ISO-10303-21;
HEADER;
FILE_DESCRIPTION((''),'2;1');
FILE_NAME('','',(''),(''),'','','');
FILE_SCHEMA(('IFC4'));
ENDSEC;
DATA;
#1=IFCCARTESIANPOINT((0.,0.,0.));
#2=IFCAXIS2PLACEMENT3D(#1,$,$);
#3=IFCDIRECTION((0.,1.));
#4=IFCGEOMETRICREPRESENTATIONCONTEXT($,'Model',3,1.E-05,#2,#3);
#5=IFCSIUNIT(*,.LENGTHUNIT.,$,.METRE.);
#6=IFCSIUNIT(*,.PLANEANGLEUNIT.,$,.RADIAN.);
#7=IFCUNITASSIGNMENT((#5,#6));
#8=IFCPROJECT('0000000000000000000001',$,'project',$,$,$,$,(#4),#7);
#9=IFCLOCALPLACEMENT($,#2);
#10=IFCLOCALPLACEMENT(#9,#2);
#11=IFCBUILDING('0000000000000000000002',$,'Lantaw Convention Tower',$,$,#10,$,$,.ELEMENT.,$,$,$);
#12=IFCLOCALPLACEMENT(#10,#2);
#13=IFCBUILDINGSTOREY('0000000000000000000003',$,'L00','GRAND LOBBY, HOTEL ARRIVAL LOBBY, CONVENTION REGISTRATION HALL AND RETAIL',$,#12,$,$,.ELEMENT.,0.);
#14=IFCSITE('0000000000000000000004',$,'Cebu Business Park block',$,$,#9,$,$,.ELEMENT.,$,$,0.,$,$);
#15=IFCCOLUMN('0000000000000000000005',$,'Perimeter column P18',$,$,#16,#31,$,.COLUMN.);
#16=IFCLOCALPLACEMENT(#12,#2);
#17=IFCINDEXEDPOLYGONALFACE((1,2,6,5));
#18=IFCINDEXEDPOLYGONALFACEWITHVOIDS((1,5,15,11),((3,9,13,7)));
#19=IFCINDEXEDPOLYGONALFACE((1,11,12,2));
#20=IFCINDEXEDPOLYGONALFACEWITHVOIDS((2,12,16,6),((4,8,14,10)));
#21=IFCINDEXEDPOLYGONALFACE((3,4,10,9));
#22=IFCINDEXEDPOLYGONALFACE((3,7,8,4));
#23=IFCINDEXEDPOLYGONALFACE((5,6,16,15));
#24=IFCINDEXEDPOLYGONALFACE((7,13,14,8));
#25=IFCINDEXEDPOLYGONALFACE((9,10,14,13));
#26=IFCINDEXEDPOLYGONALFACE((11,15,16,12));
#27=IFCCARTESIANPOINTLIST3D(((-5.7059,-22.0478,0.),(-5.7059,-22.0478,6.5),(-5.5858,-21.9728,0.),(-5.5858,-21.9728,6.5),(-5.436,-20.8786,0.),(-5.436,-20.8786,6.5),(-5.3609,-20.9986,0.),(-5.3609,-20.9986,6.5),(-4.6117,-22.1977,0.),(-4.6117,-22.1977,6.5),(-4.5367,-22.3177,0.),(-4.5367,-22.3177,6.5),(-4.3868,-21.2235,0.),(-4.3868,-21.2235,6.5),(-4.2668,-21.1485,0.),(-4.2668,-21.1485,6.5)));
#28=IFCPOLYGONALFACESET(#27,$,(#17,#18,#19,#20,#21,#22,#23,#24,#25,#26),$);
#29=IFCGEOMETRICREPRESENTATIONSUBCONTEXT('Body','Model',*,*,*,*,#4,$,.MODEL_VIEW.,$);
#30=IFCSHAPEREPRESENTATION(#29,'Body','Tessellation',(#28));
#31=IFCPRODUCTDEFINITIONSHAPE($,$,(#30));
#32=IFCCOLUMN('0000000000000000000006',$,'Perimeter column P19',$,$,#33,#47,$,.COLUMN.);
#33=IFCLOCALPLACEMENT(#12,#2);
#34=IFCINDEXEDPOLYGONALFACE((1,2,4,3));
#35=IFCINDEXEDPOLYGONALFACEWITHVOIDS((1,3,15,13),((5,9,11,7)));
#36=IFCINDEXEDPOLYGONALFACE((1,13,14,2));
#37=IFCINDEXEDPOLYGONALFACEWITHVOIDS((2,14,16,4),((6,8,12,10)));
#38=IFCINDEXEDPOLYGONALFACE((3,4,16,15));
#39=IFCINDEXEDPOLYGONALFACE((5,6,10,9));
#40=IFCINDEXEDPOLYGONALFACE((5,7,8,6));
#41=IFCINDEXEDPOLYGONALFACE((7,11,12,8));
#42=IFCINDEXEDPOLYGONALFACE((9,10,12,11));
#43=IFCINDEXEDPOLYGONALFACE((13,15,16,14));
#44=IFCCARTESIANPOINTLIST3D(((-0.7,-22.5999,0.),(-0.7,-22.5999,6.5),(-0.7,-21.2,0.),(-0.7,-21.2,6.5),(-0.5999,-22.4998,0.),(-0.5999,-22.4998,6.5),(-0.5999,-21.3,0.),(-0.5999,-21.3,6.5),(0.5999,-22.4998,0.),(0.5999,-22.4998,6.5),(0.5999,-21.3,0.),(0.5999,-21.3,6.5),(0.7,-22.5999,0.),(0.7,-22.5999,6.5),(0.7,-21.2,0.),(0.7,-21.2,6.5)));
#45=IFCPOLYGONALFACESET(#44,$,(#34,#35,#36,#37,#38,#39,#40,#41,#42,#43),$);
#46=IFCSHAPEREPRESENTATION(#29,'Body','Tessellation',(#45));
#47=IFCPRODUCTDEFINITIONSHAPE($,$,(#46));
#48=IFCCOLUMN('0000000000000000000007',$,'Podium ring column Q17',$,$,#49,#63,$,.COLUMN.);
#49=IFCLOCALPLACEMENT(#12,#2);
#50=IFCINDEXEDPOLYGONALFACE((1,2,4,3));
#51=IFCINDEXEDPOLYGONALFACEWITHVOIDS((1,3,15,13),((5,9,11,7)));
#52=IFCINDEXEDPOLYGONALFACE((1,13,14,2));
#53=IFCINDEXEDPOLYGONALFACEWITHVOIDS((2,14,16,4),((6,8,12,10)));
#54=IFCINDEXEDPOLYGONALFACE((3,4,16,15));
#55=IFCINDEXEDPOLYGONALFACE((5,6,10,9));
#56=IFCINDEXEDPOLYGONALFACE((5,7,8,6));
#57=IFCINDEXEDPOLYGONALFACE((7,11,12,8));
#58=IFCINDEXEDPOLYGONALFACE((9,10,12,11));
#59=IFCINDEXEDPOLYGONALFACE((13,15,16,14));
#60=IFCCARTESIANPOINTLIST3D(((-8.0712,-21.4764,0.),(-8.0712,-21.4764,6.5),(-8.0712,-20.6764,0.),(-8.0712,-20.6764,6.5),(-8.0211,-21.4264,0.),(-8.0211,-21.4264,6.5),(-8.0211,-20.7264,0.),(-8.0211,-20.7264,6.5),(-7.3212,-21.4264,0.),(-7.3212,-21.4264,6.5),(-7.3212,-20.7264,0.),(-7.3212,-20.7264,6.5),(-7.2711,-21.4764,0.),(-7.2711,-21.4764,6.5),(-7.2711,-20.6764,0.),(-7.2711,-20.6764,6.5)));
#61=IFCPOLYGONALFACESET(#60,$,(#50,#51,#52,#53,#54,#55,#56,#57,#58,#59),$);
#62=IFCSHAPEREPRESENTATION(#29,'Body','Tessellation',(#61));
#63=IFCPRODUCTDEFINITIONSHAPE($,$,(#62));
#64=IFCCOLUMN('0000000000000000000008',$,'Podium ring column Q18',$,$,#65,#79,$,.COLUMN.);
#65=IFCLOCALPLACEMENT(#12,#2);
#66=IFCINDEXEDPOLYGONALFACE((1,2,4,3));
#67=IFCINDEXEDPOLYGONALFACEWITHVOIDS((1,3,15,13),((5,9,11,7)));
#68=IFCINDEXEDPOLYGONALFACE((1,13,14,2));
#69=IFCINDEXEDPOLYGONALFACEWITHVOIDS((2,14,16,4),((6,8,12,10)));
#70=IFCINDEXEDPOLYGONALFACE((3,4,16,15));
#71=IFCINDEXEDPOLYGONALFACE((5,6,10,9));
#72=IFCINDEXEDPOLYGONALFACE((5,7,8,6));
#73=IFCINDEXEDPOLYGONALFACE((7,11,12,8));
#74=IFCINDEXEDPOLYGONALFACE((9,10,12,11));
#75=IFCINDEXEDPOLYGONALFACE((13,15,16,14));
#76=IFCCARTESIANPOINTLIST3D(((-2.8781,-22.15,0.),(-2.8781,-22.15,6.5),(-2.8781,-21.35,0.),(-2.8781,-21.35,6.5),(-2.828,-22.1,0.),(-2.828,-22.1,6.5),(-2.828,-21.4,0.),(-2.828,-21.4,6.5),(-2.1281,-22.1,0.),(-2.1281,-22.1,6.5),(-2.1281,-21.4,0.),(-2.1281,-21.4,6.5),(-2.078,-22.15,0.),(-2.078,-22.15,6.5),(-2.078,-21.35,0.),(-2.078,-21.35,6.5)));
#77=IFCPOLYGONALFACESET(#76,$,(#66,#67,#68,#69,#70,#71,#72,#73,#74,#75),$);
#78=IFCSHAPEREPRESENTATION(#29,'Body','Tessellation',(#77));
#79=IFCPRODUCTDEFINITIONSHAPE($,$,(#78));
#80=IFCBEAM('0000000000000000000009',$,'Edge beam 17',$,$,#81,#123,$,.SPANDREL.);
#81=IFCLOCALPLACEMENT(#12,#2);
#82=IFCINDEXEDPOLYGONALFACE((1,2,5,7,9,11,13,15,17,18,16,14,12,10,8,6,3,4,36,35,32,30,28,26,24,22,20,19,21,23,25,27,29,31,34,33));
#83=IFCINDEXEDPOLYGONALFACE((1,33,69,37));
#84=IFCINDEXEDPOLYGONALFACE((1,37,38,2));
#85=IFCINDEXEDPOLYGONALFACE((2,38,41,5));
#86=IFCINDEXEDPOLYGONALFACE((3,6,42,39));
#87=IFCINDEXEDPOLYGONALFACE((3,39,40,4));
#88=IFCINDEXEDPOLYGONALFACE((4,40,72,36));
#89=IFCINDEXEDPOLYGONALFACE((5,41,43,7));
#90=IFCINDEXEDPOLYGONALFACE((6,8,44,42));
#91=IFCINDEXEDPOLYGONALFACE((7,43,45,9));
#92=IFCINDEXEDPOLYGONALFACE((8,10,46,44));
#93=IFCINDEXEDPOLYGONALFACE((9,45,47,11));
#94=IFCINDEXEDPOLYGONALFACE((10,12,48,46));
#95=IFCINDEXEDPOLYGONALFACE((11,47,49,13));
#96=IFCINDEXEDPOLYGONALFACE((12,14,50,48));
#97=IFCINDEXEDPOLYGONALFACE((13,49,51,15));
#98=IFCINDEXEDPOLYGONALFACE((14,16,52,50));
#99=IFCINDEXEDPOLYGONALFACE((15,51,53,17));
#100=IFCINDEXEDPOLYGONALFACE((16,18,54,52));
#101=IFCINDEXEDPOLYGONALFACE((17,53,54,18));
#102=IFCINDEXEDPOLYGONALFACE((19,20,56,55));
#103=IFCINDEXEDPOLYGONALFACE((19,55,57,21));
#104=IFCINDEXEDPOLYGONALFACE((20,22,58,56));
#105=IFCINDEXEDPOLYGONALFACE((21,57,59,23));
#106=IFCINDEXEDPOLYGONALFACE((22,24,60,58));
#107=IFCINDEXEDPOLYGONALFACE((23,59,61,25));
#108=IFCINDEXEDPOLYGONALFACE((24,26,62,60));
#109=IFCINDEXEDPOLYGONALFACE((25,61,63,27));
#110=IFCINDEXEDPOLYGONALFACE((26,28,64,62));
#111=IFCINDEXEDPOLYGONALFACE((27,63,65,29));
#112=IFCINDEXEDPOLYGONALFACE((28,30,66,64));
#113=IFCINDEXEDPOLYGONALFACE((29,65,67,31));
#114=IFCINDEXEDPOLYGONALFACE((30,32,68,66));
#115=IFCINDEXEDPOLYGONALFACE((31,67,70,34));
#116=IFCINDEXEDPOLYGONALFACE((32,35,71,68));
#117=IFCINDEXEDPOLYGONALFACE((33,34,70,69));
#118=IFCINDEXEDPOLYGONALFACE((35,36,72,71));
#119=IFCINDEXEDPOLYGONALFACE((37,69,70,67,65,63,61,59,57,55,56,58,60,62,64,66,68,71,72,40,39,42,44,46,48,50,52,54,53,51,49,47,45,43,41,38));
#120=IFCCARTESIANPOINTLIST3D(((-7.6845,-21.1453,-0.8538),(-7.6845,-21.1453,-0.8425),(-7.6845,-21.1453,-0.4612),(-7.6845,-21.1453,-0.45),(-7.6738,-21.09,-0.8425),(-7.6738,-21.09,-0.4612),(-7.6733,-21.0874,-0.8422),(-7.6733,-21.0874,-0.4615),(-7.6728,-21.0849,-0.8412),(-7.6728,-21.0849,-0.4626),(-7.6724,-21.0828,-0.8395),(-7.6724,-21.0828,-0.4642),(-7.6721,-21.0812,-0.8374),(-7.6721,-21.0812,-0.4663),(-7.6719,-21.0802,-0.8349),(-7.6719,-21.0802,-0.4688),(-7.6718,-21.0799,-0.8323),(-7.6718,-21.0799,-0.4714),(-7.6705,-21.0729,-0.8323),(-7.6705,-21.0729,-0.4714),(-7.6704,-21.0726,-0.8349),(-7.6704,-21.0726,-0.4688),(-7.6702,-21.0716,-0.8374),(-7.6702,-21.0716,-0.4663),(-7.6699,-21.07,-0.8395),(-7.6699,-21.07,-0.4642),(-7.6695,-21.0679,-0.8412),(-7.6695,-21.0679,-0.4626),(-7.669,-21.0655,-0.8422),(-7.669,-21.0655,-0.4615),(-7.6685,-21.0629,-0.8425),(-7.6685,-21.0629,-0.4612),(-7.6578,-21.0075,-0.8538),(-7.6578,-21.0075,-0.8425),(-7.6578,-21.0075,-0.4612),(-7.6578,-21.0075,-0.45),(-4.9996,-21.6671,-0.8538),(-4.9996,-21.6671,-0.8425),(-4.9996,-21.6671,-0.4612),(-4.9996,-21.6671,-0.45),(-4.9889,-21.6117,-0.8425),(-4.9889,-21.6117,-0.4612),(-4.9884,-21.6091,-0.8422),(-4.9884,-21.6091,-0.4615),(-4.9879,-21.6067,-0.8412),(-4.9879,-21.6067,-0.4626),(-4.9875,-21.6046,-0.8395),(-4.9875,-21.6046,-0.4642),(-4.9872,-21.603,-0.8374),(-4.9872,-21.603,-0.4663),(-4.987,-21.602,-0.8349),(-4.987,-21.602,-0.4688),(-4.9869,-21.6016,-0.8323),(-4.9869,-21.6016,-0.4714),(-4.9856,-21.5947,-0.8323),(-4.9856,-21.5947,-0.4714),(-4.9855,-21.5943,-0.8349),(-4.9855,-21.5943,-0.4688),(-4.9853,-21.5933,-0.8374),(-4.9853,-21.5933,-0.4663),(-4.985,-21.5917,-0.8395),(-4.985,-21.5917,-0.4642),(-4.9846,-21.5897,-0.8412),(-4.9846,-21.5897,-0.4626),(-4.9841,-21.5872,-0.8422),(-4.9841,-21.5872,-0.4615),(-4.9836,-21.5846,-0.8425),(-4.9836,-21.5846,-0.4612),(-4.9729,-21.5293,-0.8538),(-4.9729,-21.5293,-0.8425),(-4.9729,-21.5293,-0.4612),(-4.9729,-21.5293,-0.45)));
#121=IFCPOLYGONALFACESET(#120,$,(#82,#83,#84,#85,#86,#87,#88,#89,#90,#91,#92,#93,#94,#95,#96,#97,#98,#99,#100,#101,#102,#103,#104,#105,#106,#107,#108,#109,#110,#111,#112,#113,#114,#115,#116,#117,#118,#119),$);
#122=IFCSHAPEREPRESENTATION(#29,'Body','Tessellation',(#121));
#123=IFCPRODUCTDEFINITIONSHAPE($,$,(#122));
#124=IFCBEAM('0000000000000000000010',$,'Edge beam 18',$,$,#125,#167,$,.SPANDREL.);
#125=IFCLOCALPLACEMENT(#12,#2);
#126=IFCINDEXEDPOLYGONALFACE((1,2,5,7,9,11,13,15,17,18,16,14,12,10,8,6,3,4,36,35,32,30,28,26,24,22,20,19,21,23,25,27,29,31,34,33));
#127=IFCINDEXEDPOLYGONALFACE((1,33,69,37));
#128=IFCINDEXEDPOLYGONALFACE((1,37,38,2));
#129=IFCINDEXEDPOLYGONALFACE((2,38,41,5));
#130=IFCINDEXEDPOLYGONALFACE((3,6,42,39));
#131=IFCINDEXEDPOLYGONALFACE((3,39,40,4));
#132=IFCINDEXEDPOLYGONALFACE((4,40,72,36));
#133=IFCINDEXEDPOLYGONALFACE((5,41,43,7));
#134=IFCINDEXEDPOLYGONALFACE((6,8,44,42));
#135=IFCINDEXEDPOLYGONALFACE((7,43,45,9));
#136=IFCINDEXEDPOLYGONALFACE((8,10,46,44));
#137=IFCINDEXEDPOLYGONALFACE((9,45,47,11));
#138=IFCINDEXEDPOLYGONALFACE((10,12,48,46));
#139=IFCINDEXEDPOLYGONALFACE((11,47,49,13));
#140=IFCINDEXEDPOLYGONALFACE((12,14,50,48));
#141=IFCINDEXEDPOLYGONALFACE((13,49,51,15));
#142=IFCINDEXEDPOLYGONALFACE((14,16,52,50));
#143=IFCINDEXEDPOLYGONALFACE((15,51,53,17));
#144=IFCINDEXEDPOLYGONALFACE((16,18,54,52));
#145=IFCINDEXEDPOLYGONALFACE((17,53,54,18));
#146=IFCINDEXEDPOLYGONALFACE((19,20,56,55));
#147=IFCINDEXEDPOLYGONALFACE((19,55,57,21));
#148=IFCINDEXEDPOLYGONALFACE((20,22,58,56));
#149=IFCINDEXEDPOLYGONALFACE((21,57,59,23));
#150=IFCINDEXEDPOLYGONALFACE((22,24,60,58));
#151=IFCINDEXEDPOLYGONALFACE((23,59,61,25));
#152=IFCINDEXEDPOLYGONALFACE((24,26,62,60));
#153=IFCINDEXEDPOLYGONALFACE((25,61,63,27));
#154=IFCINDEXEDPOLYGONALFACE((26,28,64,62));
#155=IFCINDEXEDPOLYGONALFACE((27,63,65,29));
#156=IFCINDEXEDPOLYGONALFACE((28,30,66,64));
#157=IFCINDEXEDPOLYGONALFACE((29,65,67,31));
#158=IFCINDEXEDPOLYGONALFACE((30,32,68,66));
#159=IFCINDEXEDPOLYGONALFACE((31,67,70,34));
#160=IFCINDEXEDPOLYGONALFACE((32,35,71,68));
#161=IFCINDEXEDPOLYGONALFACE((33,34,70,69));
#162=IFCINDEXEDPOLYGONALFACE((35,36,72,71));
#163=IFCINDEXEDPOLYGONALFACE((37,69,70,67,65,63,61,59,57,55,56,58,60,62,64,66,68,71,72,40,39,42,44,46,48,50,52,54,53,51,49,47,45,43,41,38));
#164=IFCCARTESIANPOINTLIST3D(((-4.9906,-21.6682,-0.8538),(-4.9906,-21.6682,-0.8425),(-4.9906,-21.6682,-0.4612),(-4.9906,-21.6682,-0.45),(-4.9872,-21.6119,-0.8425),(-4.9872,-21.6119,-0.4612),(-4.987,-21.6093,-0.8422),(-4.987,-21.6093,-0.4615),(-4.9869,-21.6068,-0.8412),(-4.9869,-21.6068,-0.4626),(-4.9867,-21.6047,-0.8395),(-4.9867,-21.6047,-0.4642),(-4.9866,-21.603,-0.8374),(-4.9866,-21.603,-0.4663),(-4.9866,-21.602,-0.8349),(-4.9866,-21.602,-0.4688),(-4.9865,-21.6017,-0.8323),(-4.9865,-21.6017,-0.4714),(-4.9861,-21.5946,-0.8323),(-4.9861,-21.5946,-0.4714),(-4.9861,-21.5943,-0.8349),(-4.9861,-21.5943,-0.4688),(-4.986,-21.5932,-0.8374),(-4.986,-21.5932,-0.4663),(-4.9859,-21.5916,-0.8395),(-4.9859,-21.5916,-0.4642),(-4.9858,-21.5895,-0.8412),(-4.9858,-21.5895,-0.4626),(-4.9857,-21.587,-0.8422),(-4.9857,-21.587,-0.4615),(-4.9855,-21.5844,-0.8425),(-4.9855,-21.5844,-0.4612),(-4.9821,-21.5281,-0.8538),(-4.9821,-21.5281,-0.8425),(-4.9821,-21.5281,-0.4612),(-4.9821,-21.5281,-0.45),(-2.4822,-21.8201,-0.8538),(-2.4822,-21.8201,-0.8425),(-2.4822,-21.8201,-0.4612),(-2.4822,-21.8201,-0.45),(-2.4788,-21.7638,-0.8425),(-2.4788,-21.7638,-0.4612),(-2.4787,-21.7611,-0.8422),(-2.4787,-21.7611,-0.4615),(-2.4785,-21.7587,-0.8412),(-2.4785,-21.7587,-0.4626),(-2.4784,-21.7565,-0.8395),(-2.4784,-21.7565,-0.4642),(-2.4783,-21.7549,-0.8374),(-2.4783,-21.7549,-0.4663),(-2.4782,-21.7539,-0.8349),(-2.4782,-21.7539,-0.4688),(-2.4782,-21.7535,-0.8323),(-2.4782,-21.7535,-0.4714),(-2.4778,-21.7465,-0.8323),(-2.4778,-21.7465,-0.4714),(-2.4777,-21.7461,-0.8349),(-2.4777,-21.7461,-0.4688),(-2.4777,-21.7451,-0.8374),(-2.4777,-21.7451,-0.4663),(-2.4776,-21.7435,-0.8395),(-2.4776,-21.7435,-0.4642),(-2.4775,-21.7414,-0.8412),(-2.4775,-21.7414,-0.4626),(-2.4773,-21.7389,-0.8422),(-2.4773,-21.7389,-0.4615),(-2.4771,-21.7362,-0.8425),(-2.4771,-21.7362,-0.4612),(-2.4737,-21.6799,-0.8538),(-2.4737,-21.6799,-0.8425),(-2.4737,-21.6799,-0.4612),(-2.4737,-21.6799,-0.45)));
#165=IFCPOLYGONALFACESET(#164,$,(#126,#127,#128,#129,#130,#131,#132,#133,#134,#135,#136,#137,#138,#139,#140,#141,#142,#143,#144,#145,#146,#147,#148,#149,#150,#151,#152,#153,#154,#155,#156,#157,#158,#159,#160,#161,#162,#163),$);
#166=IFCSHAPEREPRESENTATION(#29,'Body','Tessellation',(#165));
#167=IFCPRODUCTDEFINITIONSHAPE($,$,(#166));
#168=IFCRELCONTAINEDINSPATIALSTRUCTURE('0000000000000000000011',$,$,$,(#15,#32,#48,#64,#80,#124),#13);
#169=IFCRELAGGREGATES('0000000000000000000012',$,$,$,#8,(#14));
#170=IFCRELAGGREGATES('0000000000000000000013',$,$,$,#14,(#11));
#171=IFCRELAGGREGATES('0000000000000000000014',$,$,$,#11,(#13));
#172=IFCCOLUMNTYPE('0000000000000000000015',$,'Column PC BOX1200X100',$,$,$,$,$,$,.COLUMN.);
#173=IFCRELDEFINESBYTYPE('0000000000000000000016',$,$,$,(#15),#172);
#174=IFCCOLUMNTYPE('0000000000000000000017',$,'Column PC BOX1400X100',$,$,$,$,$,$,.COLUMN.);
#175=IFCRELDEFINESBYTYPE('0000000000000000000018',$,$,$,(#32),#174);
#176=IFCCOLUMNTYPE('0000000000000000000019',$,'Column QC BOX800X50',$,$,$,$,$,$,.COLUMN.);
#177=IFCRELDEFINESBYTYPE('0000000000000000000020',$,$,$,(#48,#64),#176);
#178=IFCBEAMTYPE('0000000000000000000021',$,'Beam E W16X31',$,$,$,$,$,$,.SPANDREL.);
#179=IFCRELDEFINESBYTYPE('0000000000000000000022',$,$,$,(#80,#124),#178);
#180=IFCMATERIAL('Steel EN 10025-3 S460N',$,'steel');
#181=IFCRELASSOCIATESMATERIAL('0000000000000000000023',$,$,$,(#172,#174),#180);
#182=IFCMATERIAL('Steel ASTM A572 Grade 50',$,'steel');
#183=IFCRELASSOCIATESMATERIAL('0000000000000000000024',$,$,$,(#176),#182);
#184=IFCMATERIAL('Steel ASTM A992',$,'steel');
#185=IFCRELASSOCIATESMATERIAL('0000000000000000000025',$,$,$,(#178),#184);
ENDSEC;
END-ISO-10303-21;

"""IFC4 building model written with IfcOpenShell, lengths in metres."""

from ifc_helpers import new_model, si_unit, direction, frame, origin, origin_2d, place, context, subcontext, project, spatial, rectangle, hollow_rectangle, i_section, extrude, material, material_profile, profile_set, type_object, element, save


model = new_model("IFC4")

# Units and contexts
model_context = context("Model", 3, precision=1e-05, world=origin(), true_north=direction((0.0, 1.0)))
body_context = subcontext(model_context, "Body", "Model", "MODEL_VIEW")
ifc_project = project(units=[si_unit("LENGTHUNIT", "METRE"), si_unit("PLANEANGLEUNIT", "RADIAN")], contexts=[model_context])

# Site, building, storey
site_placement = place(None, origin())
site = spatial("IfcSite", under=ifc_project, at=site_placement, Name="Cebu Business Park block", CompositionType="ELEMENT", RefElevation=0.0)
building_placement = place(site_placement, origin())
building = spatial("IfcBuilding", under=site, at=building_placement, Name="Lantaw Convention Tower", CompositionType="ELEMENT")
storey_placement = place(building_placement, origin())
storey = spatial("IfcBuildingStorey", under=building, at=storey_placement, Name="L00", Description="GRAND LOBBY, HOTEL ARRIVAL LOBBY, CONVENTION REGISTRATION HALL AND RETAIL", CompositionType="ELEMENT", Elevation=0.0)

# Columns
ifc_material_1 = material(Name="Steel EN 10025-3 S460N", Category="steel")
ifc_material_profile_1 = material_profile(ifc_material_1, hollow_rectangle(XDim=1.2, YDim=1.2, WallThickness=0.1001, at=origin_2d()), Name="BOX1200X100")
ifc_material_2 = material(Name="Concrete C60/75", Category="concrete")
ifc_material_profile_2 = material_profile(ifc_material_2, rectangle(XDim=1.0, YDim=1.0, at=origin_2d()), Name="Concrete fill of BOX1200X100")
ifc_profile_set_1 = profile_set([ifc_material_profile_1, ifc_material_profile_2], Name="Steel EN 10025-3 S460N")
column_type_1 = type_object("IfcColumnType", Name="Column PC BOX1200X100", PredefinedType="COLUMN", material=ifc_profile_set_1)
column_1_placement = place(storey_placement, frame((-4.9863, -21.5981, 0.0), z_axis=(0.0, 0.0, 1.0), x_axis=(0.224951, 0.97437, 0.0)))
element("IfcColumn", 1, at=column_1_placement, inside=storey, type_object=column_type_1, Name="Perimeter column P18", PredefinedType="COLUMN", context=body_context, shape_type="SweptSolid", body=[
    extrude(hollow_rectangle(XDim=1.2, YDim=1.2, WallThickness=0.1001, at=origin_2d()), origin(), (0.0, 0.0, 1.0), 6.5),
])
ifc_material_profile_3 = material_profile(ifc_material_1, hollow_rectangle(XDim=1.3999, YDim=1.3999, WallThickness=0.1001, at=origin_2d()), Name="BOX1400X100")
ifc_material_profile_4 = material_profile(ifc_material_2, rectangle(XDim=1.2, YDim=1.2, at=origin_2d()), Name="Concrete fill of BOX1400X100")
ifc_profile_set_2 = profile_set([ifc_material_profile_3, ifc_material_profile_4], Name="Steel EN 10025-3 S460N")
column_type_2 = type_object("IfcColumnType", Name="Column PC BOX1400X100", PredefinedType="COLUMN", material=ifc_profile_set_2)
column_2_placement = place(storey_placement, frame((0.0, -21.8999, 0.0), z_axis=(0.0, 0.0, 1.0), x_axis=(1.0, 0.0, 0.0)))
element("IfcColumn", 2, at=column_2_placement, inside=storey, type_object=column_type_2, Name="Perimeter column P19", PredefinedType="COLUMN", context=body_context, shape_type="SweptSolid", body=[
    extrude(hollow_rectangle(XDim=1.3999, YDim=1.3999, WallThickness=0.1001, at=origin_2d()), origin(), (0.0, 0.0, 1.0), 6.5),
])
ifc_material_3 = material(Name="Steel ASTM A572 Grade 50", Category="steel")
ifc_material_profile_5 = material_profile(ifc_material_3, hollow_rectangle(XDim=0.8, YDim=0.8, WallThickness=0.05, at=origin_2d()), Name="BOX800X50")
ifc_profile_set_3 = profile_set([ifc_material_profile_5], Name="Steel ASTM A572 Grade 50")
column_type_3 = type_object("IfcColumnType", Name="Column QC BOX800X50", PredefinedType="COLUMN", material=ifc_profile_set_3)
for number, where, z_axis, x_axis, name in (
    (3, (-7.6711, -21.0764, 0.0), (0.0, 0.0, 1.0), (1.0, 0.0, 0.0), "Podium ring column Q17"),
    (4, (-2.478, -21.75, 0.0), (0.0, 0.0, 1.0), (1.0, 0.0, 0.0), "Podium ring column Q18"),
):
    element("IfcColumn", number, at=place(storey_placement, frame(where, z_axis=z_axis, x_axis=x_axis)), inside=storey, type_object=column_type_3, Name=name, PredefinedType="COLUMN", context=body_context, shape_type="SweptSolid", body=[
        extrude(hollow_rectangle(XDim=0.8, YDim=0.8, WallThickness=0.05, at=origin_2d()), origin(), (0.0, 0.0, 1.0), 6.5),
    ])

# Beams
ifc_material_4 = material(Name="Steel ASTM A992", Category="steel")
ifc_material_profile_6 = material_profile(ifc_material_4, i_section(OverallWidth=0.1404, OverallDepth=0.4038, WebThickness=0.0071, FlangeThickness=0.0112, FilletRadius=0.0103, at=origin_2d()), Name="W16X31")
ifc_profile_set_4 = profile_set([ifc_material_profile_6], Name="Steel ASTM A992")
beam_type_1 = type_object("IfcBeamType", Name="Beam E W16X31", PredefinedType="SPANDREL", material=ifc_profile_set_4)
beam_1_placement = place(storey_placement, frame((-7.6711, -21.0764, -0.6519), z_axis=(0.981637, -0.190757, 0.0), x_axis=(0.190757, 0.981637, 0.0)))
element("IfcBeam", 5, at=beam_1_placement, inside=storey, type_object=beam_type_1, Name="Edge beam 17", PredefinedType="SPANDREL", context=body_context, shape_type="SweptSolid", body=[
    extrude(i_section(OverallWidth=0.1404, OverallDepth=0.4038, WebThickness=0.0071, FlangeThickness=0.0112, FilletRadius=0.0103, at=origin_2d()), origin(), (0.0, 0.0, 1.0), 2.7351),
])
beam_2_placement = place(storey_placement, frame((-4.9863, -21.5981, -0.6519), z_axis=(0.998172, -0.060431, 0.0), x_axis=(0.060431, 0.998172, 0.0)))
element("IfcBeam", 6, at=beam_2_placement, inside=storey, type_object=beam_type_1, Name="Edge beam 18", PredefinedType="SPANDREL", context=body_context, shape_type="SweptSolid", body=[
    extrude(i_section(OverallWidth=0.1404, OverallDepth=0.4038, WebThickness=0.0071, FlangeThickness=0.0112, FilletRadius=0.0103, at=origin_2d()), origin(), (0.0, 0.0, 1.0), 2.5129),
])

save(model, "model.ifc")
